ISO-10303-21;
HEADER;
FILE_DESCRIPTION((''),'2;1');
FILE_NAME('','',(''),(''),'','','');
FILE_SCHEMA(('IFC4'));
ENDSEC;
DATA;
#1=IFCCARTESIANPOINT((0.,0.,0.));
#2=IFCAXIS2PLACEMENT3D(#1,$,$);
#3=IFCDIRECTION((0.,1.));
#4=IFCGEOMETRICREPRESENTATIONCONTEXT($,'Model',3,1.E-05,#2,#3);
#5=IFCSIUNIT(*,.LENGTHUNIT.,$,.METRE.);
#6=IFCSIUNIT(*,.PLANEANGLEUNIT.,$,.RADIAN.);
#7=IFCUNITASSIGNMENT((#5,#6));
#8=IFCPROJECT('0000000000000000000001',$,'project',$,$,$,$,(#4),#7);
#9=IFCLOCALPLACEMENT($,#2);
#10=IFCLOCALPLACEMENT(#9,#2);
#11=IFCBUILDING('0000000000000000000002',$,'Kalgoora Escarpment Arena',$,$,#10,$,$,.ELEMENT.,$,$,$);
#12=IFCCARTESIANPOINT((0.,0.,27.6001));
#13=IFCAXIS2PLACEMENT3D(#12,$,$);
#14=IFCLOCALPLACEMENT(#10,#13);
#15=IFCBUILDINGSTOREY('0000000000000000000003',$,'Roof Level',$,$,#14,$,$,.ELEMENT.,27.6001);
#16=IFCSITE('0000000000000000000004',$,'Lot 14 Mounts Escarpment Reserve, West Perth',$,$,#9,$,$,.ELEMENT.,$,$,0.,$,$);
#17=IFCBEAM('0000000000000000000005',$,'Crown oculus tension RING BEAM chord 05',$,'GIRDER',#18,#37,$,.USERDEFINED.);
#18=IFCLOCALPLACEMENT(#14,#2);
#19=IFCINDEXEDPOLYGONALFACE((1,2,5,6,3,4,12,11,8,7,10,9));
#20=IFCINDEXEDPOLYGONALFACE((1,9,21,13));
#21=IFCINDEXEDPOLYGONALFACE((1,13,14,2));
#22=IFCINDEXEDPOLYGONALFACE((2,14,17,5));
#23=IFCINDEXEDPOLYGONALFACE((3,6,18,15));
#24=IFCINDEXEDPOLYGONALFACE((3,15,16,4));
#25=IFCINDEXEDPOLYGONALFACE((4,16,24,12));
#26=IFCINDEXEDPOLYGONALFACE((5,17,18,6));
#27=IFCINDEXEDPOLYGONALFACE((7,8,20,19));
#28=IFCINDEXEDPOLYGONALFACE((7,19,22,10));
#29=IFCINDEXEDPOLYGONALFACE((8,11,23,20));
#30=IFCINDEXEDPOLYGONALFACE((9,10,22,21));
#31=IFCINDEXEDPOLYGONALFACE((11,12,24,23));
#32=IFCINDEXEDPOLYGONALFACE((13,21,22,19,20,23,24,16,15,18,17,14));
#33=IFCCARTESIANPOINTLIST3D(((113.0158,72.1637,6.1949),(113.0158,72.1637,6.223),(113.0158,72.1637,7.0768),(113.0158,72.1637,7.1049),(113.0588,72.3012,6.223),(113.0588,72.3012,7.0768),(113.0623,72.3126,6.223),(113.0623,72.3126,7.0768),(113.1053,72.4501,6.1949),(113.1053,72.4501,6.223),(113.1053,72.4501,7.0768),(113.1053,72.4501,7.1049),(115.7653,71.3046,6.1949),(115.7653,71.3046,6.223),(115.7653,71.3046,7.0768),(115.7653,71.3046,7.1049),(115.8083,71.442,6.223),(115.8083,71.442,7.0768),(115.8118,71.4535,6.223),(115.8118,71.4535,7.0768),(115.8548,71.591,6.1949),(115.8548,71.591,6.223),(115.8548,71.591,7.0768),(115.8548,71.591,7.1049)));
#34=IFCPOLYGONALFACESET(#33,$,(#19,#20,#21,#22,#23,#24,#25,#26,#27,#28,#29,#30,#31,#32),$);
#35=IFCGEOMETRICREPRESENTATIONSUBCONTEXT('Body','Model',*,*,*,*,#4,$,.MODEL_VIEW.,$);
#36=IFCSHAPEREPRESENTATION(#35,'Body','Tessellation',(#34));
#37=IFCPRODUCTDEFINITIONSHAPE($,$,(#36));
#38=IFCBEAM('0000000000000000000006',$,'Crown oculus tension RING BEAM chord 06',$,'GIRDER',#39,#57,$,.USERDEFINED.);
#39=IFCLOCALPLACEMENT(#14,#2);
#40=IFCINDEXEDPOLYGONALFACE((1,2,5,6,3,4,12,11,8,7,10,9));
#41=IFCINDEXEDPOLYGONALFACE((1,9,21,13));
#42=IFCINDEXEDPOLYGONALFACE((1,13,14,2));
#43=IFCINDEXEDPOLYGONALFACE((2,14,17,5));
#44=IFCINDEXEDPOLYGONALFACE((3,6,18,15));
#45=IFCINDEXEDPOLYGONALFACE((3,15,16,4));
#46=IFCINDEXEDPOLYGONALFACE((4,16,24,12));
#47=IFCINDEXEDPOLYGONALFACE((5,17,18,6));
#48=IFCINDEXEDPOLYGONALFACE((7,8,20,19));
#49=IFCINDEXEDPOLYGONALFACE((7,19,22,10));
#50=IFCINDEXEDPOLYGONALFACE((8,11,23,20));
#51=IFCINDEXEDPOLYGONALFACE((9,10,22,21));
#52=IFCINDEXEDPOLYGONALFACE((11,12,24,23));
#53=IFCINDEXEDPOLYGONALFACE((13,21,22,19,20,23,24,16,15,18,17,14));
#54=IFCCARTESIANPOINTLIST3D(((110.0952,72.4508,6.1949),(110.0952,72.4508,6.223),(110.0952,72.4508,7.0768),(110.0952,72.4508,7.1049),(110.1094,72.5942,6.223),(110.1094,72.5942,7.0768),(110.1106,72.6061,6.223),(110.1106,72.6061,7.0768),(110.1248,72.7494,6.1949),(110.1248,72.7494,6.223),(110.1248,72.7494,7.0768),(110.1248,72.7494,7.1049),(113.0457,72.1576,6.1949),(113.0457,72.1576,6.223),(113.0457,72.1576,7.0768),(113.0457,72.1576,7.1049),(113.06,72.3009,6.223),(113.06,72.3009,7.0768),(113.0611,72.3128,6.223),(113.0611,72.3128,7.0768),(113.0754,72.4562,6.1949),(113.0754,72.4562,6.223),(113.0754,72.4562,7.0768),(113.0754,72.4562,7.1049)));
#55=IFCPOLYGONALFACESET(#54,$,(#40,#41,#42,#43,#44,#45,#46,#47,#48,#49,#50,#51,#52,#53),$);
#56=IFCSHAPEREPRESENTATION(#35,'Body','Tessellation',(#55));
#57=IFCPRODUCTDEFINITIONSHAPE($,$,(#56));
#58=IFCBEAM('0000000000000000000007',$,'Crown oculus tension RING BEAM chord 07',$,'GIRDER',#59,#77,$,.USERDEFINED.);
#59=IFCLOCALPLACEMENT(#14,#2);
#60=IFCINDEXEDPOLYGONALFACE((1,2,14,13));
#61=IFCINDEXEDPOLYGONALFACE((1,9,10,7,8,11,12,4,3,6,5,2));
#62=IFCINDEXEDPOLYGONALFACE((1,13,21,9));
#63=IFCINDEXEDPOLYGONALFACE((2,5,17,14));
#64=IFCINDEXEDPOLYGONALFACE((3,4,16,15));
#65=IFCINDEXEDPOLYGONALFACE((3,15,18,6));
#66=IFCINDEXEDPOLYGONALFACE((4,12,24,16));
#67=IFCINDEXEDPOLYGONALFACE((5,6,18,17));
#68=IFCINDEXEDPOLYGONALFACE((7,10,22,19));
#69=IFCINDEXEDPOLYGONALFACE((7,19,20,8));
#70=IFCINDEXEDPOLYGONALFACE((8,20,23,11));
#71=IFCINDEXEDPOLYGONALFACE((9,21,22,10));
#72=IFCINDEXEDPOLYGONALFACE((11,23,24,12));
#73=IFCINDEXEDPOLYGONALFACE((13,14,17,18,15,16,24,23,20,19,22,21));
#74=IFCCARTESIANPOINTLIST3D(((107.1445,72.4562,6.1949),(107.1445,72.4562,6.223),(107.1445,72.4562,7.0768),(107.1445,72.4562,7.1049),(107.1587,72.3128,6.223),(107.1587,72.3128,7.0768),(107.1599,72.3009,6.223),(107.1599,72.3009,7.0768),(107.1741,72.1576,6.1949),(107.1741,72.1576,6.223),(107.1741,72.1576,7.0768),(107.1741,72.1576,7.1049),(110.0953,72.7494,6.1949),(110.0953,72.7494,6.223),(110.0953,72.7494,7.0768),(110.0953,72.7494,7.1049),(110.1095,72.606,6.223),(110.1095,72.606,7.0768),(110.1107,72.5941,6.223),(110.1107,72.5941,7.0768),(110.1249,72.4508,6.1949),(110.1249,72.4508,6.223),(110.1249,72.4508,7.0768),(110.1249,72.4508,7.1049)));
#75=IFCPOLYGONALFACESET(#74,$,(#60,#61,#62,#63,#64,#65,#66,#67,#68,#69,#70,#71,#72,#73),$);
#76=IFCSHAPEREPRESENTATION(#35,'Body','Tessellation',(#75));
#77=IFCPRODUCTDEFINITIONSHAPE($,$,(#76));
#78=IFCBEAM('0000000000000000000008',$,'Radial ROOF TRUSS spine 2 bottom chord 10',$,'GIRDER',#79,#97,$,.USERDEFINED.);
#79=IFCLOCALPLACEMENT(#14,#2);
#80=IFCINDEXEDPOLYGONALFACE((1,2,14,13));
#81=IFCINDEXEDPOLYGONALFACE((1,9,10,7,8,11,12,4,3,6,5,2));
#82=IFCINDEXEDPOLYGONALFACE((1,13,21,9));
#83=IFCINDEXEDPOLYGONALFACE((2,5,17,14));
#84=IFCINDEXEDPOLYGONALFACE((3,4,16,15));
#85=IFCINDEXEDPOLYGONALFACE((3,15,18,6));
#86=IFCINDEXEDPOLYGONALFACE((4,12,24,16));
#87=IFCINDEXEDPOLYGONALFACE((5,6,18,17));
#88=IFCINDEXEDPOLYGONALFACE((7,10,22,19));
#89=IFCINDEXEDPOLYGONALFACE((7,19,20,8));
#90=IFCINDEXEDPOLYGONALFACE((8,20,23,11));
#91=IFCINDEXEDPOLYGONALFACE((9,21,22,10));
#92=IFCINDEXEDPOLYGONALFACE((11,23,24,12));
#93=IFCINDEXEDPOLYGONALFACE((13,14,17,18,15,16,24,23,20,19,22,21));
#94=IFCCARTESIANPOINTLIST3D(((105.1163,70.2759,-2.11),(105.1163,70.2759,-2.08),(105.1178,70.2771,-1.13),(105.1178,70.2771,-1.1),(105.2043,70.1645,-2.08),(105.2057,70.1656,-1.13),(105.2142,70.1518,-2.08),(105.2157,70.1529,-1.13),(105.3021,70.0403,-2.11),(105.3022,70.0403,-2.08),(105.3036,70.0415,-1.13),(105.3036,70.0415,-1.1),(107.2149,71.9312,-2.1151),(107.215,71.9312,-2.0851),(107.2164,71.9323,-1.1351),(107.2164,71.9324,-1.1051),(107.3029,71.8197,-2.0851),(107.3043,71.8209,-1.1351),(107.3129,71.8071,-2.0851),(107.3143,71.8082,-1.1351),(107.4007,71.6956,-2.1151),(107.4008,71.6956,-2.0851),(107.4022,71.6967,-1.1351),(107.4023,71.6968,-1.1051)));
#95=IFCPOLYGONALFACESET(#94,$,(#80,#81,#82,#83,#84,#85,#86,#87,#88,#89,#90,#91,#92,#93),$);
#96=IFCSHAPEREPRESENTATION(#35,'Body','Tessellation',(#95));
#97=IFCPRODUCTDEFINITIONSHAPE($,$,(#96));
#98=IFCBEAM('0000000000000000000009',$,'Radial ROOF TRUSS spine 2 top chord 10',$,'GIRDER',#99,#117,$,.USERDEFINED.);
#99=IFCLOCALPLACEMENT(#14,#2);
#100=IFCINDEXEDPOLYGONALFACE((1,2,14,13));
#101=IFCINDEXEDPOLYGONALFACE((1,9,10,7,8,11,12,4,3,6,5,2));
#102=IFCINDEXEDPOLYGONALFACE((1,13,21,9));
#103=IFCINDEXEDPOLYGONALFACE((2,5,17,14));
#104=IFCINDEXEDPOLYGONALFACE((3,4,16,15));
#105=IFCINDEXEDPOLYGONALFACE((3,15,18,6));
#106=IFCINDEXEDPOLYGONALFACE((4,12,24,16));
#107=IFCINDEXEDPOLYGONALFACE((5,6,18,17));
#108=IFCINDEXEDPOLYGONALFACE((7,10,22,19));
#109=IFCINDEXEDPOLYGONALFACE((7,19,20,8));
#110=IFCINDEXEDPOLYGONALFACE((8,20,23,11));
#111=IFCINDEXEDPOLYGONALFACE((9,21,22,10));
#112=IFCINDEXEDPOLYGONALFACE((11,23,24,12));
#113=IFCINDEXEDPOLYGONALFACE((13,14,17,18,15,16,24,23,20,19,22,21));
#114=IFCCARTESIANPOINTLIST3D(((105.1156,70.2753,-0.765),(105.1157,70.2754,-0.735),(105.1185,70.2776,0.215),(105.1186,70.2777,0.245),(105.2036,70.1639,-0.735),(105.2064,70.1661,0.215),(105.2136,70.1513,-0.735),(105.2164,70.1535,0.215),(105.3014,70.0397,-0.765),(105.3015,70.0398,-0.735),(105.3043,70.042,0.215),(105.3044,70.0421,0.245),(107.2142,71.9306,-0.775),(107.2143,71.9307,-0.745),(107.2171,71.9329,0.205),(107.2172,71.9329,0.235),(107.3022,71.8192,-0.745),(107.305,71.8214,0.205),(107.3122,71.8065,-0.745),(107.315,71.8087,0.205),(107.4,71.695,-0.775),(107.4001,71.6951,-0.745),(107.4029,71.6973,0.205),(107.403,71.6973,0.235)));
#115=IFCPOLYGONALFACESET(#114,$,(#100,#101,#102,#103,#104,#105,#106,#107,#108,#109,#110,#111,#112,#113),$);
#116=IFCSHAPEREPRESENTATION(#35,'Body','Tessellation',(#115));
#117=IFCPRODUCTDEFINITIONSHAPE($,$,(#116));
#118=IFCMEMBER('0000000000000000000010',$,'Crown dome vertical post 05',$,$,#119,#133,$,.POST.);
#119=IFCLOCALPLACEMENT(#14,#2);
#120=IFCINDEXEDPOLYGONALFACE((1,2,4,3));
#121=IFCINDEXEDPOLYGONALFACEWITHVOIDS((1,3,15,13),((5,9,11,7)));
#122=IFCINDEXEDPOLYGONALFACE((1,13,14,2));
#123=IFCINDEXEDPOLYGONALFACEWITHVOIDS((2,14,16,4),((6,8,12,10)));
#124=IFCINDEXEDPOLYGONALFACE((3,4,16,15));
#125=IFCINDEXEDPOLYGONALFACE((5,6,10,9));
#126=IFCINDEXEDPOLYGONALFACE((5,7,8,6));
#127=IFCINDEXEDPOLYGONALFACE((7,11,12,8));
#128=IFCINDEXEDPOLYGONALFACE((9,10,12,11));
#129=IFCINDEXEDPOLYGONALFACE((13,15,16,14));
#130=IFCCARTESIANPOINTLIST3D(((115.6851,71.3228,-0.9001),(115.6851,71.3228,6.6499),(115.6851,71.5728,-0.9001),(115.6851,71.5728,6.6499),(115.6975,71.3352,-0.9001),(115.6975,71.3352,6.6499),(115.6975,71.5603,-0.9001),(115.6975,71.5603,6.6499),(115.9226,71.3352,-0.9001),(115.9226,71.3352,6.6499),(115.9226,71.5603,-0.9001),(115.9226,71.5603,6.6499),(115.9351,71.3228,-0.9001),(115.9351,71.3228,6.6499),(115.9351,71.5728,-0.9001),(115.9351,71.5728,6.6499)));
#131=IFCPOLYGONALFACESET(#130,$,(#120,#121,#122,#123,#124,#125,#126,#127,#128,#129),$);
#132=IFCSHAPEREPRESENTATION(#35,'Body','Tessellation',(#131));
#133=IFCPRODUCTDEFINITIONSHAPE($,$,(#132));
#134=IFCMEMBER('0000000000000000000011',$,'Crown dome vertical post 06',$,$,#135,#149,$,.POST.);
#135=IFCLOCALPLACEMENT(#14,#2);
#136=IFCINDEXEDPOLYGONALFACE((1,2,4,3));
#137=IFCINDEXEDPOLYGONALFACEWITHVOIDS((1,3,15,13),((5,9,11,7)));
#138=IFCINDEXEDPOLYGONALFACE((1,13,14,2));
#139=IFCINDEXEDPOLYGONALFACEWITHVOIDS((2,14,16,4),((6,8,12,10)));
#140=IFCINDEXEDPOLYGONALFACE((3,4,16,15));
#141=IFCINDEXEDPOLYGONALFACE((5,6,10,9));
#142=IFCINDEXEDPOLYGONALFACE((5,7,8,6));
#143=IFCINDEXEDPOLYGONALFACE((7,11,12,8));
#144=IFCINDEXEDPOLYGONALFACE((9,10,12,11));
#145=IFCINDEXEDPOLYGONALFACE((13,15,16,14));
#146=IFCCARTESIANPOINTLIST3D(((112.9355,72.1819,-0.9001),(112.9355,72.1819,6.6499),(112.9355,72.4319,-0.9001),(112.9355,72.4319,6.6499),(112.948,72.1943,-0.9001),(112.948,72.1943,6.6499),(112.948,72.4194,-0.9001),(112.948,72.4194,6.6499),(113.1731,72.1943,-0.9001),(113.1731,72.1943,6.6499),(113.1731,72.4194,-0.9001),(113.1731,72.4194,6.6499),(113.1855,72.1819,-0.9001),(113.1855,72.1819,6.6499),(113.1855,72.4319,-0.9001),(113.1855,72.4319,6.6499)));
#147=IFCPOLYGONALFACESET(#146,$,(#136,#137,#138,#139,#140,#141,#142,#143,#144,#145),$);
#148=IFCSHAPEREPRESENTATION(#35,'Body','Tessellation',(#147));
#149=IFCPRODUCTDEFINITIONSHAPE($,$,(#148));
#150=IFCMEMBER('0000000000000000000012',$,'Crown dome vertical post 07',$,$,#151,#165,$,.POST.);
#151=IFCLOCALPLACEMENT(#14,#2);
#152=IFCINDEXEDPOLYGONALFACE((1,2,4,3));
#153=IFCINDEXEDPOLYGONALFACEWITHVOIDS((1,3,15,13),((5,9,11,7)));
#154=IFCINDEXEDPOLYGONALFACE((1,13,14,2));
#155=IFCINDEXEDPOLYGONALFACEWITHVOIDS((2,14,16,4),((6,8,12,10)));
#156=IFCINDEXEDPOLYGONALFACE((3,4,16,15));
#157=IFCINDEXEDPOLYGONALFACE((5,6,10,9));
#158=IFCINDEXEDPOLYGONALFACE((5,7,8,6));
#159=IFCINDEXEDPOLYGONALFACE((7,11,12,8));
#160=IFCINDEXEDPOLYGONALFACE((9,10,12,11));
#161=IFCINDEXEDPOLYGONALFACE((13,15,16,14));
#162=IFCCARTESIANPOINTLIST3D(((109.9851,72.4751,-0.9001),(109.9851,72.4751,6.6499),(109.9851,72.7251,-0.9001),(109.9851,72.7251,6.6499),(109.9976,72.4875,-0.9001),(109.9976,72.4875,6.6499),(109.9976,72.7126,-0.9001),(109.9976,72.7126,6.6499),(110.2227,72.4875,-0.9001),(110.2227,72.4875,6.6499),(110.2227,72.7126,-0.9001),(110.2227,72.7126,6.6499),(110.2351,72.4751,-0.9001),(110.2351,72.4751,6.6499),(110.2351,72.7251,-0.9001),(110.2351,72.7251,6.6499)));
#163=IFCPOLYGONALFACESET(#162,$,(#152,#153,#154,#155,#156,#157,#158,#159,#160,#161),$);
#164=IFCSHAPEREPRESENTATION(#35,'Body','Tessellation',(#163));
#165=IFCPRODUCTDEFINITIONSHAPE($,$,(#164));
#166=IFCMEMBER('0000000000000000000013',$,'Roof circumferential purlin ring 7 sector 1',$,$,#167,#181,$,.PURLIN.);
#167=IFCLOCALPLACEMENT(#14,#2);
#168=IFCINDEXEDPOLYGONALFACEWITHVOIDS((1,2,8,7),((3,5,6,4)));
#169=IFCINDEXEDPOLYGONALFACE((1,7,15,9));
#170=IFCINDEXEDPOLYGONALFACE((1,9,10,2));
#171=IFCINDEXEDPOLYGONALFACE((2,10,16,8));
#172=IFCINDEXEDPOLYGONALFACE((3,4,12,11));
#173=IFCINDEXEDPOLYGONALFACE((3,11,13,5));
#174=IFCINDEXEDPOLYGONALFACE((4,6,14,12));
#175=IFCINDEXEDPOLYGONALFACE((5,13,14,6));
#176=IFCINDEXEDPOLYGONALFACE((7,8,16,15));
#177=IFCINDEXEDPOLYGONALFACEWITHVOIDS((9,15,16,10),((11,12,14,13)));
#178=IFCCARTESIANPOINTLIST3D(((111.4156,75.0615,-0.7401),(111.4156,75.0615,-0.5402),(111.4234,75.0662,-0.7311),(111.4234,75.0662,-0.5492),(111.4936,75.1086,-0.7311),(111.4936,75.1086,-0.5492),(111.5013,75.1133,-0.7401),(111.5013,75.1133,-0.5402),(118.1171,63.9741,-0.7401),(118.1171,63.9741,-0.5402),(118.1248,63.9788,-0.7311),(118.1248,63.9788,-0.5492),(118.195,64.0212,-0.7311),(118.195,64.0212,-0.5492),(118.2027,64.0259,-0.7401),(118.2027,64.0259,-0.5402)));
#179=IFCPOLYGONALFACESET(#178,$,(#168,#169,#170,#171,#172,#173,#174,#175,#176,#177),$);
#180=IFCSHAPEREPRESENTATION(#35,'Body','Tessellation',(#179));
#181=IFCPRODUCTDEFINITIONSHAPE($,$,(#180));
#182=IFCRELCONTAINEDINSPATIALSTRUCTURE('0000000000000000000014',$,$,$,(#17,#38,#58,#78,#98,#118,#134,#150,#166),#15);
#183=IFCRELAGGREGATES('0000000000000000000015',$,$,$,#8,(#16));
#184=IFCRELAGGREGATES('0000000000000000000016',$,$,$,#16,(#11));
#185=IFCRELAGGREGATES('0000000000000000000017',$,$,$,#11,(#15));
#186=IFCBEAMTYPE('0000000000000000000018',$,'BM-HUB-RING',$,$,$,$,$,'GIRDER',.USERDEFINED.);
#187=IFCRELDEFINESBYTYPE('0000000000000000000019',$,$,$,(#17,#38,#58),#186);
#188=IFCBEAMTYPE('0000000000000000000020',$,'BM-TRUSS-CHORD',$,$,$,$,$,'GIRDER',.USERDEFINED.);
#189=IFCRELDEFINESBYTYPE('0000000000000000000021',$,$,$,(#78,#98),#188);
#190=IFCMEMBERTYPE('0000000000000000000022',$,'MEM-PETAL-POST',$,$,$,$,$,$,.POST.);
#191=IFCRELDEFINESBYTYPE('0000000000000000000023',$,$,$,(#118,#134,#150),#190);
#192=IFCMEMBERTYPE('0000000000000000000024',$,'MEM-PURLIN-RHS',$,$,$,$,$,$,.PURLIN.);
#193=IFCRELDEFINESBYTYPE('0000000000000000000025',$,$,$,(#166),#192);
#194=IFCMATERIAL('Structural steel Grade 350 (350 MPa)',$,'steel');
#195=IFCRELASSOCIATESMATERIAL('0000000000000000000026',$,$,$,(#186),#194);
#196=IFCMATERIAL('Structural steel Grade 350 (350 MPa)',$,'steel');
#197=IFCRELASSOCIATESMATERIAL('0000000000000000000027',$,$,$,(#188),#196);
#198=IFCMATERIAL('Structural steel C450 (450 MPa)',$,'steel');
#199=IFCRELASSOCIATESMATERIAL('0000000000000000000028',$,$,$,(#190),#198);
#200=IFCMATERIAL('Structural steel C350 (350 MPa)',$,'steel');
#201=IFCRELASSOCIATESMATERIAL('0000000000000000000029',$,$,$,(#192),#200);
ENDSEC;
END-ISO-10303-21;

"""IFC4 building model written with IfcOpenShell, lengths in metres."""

from ifc_helpers import new_model, si_unit, direction, frame, origin, origin_2d, place, context, subcontext, project, spatial, hollow_rectangle, i_section, extrude, material, material_profile, profile_set, type_object, element, save


model = new_model("IFC4")

# Units and contexts
model_context = context("Model", 3, precision=1e-05, world=origin(), true_north=direction((0.0, 1.0)))
body_context = subcontext(model_context, "Body", "Model", "MODEL_VIEW")
ifc_project = project(units=[si_unit("LENGTHUNIT", "METRE"), si_unit("PLANEANGLEUNIT", "RADIAN")], contexts=[model_context])

# Site, building, storey
site_placement = place(None, origin())
site = spatial("IfcSite", under=ifc_project, at=site_placement, Name="Lot 14 Mounts Escarpment Reserve, West Perth", CompositionType="ELEMENT", RefElevation=0.0)
building_placement = place(site_placement, origin())
building = spatial("IfcBuilding", under=site, at=building_placement, Name="Kalgoora Escarpment Arena", CompositionType="ELEMENT")
storey_placement = place(building_placement, frame((0.0, 0.0, 27.6001)))
storey = spatial("IfcBuildingStorey", under=building, at=storey_placement, Name="Roof Level", CompositionType="ELEMENT", Elevation=27.6001)

# Beams
ifc_material_1 = material(Name="Structural steel Grade 350 (350 MPa)", Category="steel")
ifc_material_profile_1 = material_profile(ifc_material_1, i_section(OverallWidth=0.3, OverallDepth=0.9099, WebThickness=0.012, FlangeThickness=0.0281, at=origin_2d()))
ifc_profile_set_1 = profile_set([ifc_material_profile_1], Name="Structural steel Grade 350 (350 MPa)")
beam_type_1 = type_object("IfcBeamType", Name="BM-HUB-RING", ElementType="GIRDER", PredefinedType="USERDEFINED", material=ifc_profile_set_1)
beam_1_placement = place(storey_placement, frame((115.8101, 71.4478, 6.6499), z_axis=(-0.954489, 0.298246, 0.0), x_axis=(-0.298246, -0.954489, 0.0)))
element("IfcBeam", 1, at=beam_1_placement, inside=storey, type_object=beam_type_1, Name="Crown oculus tension RING BEAM chord 05", ObjectType="GIRDER", PredefinedType="USERDEFINED", context=body_context, shape_type="SweptSolid", body=[
    extrude(i_section(OverallWidth=0.3, OverallDepth=0.9099, WebThickness=0.012, FlangeThickness=0.0281, at=origin_2d()), origin(), (0.0, 0.0, 1.0), 2.8806),
])
beam_2_placement = place(storey_placement, frame((113.0605, 72.3069, 6.6499), z_axis=(-0.995098, 0.098892, 0.0), x_axis=(-0.098892, -0.995098, 0.0)))
element("IfcBeam", 2, at=beam_2_placement, inside=storey, type_object=beam_type_1, Name="Crown oculus tension RING BEAM chord 06", ObjectType="GIRDER", PredefinedType="USERDEFINED", context=body_context, shape_type="SweptSolid", body=[
    extrude(i_section(OverallWidth=0.3, OverallDepth=0.9099, WebThickness=0.012, FlangeThickness=0.0281, at=origin_2d()), origin(), (0.0, 0.0, 1.0), 2.9651),
])
beam_3_placement = place(storey_placement, frame((110.1101, 72.6001, 6.6499), z_axis=(-0.995099, -0.098884, 0.0), x_axis=(0.098884, -0.995099, 0.0)))
element("IfcBeam", 3, at=beam_3_placement, inside=storey, type_object=beam_type_1, Name="Crown oculus tension RING BEAM chord 07", ObjectType="GIRDER", PredefinedType="USERDEFINED", context=body_context, shape_type="SweptSolid", body=[
    extrude(i_section(OverallWidth=0.3, OverallDepth=0.9099, WebThickness=0.012, FlangeThickness=0.0281, at=origin_2d()), origin(), (0.0, 0.0, 1.0), 2.9653),
])
ifc_material_2 = material(Name="Structural steel Grade 350 (350 MPa)", Category="steel")
ifc_material_profile_2 = material_profile(ifc_material_2, i_section(OverallWidth=0.3, OverallDepth=1.01, WebThickness=0.0161, FlangeThickness=0.03, at=origin_2d()))
ifc_profile_set_2 = profile_set([ifc_material_profile_2], Name="Structural steel Grade 350 (350 MPa)")
beam_type_2 = type_object("IfcBeamType", Name="BM-TRUSS-CHORD", ElementType="GIRDER", PredefinedType="USERDEFINED", material=ifc_profile_set_2)
for number, where, z_axis, x_axis, name in (
    (4, (107.3086, 71.814, -1.6101), (-0.785162, -0.619288, 0.001918), (0.619289, -0.785163, 0.0), "Radial ROOF TRUSS spine 2 bottom chord 10"),
    (5, (107.3086, 71.814, -0.27), (-0.785158, -0.619284, 0.003745), (0.619289, -0.785163, 0.0), "Radial ROOF TRUSS spine 2 top chord 10"),
):
    element("IfcBeam", number, at=place(storey_placement, frame(where, z_axis=z_axis, x_axis=x_axis)), inside=storey, type_object=beam_type_2, Name=name, ObjectType="GIRDER", PredefinedType="USERDEFINED", context=body_context, shape_type="SweptSolid", body=[
        extrude(i_section(OverallWidth=0.3, OverallDepth=1.01, WebThickness=0.0161, FlangeThickness=0.03, at=origin_2d()), origin(), (0.0, 0.0, 1.0), 2.6729),
    ])

# Members
ifc_material_3 = material(Name="Structural steel C450 (450 MPa)", Category="steel")
ifc_material_profile_3 = material_profile(ifc_material_3, hollow_rectangle(XDim=0.25, YDim=0.25, WallThickness=0.0125, at=origin_2d()))
ifc_profile_set_3 = profile_set([ifc_material_profile_3], Name="Structural steel C450 (450 MPa)")
member_type_1 = type_object("IfcMemberType", Name="MEM-PETAL-POST", PredefinedType="POST", material=ifc_profile_set_3)
for number, where, z_axis, x_axis, name in (
    (6, (115.8101, 71.4478, -0.9001), (0.0, 0.0, 1.0), (1.0, 0.0, 0.0), "Crown dome vertical post 05"),
    (7, (113.0605, 72.3069, -0.9001), (0.0, 0.0, 1.0), (1.0, 0.0, 0.0), "Crown dome vertical post 06"),
    (8, (110.1101, 72.6001, -0.9001), (0.0, 0.0, 1.0), (1.0, 0.0, 0.0), "Crown dome vertical post 07"),
):
    element("IfcMember", number, at=place(storey_placement, frame(where, z_axis=z_axis, x_axis=x_axis)), inside=storey, type_object=member_type_1, Name=name, PredefinedType="POST", context=body_context, shape_type="SweptSolid", body=[
        extrude(hollow_rectangle(XDim=0.25, YDim=0.25, WallThickness=0.0125, at=origin_2d()), origin(), (0.0, 0.0, 1.0), 7.55),
    ])
ifc_material_4 = material(Name="Structural steel C350 (350 MPa)", Category="steel")
ifc_material_profile_4 = material_profile(ifc_material_4, hollow_rectangle(XDim=0.1001, YDim=0.2, WallThickness=0.009, at=origin_2d()))
ifc_profile_set_4 = profile_set([ifc_material_profile_4], Name="Structural steel C350 (350 MPa)")
member_type_2 = type_object("IfcMemberType", Name="MEM-PURLIN-RHS", PredefinedType="PURLIN", material=ifc_profile_set_4)
member_1_placement = place(storey_placement, frame((118.1599, 64.0, -0.6401), z_axis=(-0.517273, 0.855821, 0.0), x_axis=(-0.855821, -0.517273, 0.0)))
element("IfcMember", 9, at=member_1_placement, inside=storey, type_object=member_type_2, Name="Roof circumferential purlin ring 7 sector 1", PredefinedType="PURLIN", context=body_context, shape_type="SweptSolid", body=[
    extrude(hollow_rectangle(XDim=0.1001, YDim=0.2, WallThickness=0.009, at=origin_2d()), origin(), (0.0, 0.0, 1.0), 12.9553),
])

save(model, "model.ifc")
